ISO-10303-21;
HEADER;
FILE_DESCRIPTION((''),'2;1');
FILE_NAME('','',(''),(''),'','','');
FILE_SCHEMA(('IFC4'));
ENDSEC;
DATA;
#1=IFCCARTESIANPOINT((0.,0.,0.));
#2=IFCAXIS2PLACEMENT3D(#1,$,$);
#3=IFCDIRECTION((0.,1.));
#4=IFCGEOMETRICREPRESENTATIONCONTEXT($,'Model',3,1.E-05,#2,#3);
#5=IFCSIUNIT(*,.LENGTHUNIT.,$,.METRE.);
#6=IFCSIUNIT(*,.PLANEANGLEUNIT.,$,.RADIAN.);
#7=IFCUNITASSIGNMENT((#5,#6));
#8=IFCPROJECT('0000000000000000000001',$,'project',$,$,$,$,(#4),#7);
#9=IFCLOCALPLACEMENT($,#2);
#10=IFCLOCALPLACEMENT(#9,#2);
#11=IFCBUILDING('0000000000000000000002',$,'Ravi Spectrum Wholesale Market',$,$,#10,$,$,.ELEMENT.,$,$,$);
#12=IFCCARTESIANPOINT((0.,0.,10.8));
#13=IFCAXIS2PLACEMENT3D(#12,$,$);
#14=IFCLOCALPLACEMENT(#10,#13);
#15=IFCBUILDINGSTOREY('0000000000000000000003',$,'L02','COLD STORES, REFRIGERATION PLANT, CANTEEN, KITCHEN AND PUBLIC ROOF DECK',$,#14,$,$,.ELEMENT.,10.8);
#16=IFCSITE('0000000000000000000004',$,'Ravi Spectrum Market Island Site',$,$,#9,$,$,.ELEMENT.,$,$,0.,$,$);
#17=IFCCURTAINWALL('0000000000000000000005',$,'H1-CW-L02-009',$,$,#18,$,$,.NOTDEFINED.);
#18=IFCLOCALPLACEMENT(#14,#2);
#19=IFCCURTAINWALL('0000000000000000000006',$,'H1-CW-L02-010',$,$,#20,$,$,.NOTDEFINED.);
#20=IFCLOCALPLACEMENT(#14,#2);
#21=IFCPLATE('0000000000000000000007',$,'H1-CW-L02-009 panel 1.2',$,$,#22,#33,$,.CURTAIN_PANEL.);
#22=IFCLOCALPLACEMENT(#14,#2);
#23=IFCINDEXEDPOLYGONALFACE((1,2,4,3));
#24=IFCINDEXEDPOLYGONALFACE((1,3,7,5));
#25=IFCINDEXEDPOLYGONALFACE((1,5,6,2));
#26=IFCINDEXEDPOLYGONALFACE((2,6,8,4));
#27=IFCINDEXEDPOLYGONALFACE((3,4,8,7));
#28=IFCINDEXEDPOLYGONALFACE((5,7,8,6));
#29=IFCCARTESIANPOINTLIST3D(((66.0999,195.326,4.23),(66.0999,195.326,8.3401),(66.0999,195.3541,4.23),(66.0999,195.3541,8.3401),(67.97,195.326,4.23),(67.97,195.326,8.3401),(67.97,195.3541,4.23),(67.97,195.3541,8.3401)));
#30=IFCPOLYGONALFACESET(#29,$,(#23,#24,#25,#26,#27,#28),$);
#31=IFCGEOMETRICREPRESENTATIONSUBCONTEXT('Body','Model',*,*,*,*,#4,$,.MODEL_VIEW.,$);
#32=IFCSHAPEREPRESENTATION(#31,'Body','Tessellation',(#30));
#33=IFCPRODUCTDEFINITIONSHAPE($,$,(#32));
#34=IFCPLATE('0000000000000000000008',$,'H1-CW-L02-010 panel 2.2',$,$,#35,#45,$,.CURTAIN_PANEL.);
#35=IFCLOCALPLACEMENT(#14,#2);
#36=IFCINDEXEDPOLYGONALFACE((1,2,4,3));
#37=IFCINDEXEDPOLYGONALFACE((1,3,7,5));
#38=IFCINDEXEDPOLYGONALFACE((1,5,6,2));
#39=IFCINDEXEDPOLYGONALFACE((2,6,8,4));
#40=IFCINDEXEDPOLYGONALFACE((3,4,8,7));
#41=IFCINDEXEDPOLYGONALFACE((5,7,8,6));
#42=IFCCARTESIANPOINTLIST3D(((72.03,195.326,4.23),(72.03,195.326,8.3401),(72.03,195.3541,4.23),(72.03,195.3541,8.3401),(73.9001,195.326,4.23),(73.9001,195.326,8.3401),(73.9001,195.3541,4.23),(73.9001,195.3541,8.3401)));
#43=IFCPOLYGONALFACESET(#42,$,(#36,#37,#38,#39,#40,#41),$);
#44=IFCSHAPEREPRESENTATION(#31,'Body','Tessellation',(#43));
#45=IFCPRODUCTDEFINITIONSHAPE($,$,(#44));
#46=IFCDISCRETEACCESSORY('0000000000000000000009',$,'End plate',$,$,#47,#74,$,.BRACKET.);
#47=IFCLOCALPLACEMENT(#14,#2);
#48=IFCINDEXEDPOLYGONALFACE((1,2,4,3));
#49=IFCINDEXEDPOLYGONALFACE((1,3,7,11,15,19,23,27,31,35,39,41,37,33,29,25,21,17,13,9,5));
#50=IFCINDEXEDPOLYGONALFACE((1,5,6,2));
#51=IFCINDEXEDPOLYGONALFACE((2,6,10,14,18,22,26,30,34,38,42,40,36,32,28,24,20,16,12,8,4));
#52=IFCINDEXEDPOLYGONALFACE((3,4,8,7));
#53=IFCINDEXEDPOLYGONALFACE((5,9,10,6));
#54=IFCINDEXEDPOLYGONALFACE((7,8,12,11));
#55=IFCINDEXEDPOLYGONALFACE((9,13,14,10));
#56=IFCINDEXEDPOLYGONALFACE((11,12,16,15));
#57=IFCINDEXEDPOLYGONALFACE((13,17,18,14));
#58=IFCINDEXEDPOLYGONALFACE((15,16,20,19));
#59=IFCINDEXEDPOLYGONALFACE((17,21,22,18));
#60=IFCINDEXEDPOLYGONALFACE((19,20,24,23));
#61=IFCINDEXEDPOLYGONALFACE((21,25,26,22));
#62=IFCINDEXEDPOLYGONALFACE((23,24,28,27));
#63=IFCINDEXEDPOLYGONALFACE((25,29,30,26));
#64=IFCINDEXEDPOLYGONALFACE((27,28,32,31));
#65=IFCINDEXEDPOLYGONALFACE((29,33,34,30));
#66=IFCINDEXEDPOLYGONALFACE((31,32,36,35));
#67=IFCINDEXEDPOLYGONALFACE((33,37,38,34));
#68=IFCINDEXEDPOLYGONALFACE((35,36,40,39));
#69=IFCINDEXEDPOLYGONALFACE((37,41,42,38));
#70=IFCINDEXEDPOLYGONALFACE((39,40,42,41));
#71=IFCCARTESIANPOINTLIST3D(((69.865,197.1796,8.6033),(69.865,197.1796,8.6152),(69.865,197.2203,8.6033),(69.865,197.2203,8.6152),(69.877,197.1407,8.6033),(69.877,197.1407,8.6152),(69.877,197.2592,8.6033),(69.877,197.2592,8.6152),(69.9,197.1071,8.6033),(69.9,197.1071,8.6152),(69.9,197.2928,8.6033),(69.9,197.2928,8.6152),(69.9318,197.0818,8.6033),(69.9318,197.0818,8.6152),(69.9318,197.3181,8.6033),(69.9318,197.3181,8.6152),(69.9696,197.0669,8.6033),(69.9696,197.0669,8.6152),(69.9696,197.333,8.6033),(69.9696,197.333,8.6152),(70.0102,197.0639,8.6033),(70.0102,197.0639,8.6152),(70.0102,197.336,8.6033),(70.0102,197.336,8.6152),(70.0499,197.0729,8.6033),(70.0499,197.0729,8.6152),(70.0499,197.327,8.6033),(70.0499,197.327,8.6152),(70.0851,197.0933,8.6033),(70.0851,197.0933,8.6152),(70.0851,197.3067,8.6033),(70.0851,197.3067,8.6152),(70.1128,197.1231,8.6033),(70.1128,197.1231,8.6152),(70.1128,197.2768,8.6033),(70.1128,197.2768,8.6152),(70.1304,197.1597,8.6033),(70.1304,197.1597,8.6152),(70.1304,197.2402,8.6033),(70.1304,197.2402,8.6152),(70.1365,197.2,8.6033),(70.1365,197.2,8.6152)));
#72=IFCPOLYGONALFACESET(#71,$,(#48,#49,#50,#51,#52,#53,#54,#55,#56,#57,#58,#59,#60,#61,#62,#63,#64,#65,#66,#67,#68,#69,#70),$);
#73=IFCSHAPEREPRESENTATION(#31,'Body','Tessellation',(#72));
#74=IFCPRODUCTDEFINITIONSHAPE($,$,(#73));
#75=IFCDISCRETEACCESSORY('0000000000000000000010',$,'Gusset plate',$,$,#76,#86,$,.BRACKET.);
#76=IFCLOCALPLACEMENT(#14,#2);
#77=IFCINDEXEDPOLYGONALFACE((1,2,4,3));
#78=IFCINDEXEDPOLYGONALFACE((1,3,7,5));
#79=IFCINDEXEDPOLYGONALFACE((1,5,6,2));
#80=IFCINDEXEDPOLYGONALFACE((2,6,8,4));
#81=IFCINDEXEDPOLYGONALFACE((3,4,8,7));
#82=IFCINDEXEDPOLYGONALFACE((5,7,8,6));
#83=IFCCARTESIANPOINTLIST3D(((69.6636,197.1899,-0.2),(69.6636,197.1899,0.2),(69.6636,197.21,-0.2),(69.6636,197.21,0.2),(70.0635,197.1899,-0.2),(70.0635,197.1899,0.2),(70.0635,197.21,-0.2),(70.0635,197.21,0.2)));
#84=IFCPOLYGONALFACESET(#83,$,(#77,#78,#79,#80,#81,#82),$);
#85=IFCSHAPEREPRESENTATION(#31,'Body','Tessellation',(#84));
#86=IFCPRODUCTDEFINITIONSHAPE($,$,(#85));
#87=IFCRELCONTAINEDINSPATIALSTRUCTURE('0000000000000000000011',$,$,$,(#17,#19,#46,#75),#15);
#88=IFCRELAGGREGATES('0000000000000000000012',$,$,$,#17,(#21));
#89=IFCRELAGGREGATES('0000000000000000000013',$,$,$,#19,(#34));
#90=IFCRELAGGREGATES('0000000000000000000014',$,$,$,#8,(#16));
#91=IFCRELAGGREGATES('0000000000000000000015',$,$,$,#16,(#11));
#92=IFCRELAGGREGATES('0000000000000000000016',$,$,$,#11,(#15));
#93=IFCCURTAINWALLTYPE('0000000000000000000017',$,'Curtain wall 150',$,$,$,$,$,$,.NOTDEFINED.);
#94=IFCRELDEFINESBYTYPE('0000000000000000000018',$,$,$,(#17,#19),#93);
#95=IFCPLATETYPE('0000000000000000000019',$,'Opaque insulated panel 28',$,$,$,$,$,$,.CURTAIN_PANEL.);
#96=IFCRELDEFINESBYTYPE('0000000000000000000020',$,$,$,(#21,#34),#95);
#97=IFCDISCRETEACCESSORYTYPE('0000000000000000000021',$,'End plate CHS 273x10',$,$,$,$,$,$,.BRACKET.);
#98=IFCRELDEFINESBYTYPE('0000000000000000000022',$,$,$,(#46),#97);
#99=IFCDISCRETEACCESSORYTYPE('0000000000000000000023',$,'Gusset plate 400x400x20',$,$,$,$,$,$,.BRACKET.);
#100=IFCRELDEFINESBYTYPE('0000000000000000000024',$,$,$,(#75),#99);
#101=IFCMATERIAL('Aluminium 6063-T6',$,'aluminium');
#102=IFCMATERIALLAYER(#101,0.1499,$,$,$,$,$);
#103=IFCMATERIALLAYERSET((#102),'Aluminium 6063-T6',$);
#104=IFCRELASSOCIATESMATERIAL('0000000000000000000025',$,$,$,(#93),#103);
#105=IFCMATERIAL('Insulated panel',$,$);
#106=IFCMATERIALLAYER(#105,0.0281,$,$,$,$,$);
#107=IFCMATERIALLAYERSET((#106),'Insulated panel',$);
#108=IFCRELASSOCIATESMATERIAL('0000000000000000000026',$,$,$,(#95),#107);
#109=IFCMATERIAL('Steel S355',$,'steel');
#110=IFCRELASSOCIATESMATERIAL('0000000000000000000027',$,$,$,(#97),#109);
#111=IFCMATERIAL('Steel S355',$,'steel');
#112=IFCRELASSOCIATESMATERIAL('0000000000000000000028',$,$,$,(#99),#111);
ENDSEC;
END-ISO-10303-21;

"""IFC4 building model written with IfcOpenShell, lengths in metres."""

from ifc_helpers import new_model, si_unit, direction, frame, origin, origin_2d, place, context, subcontext, project, spatial, rectangle, circle, extrude, material, layer, layer_set, material_profile, profile_set, type_object, element, aggregate, save


model = new_model("IFC4")

# Units and contexts
model_context = context("Model", 3, precision=1e-05, world=origin(), true_north=direction((0.0, 1.0)))
body_context = subcontext(model_context, "Body", "Model", "MODEL_VIEW")
ifc_project = project(units=[si_unit("LENGTHUNIT", "METRE"), si_unit("PLANEANGLEUNIT", "RADIAN")], contexts=[model_context])

# Site, building, storey
site_placement = place(None, origin())
site = spatial("IfcSite", under=ifc_project, at=site_placement, Name="Ravi Spectrum Market Island Site", CompositionType="ELEMENT", RefElevation=0.0)
building_placement = place(site_placement, origin())
building = spatial("IfcBuilding", under=site, at=building_placement, Name="Ravi Spectrum Wholesale Market", CompositionType="ELEMENT")
storey_placement = place(building_placement, frame((0.0, 0.0, 10.8)))
storey = spatial("IfcBuildingStorey", under=building, at=storey_placement, Name="L02", Description="COLD STORES, REFRIGERATION PLANT, CANTEEN, KITCHEN AND PUBLIC ROOF DECK", CompositionType="ELEMENT", Elevation=10.8)

# Curtain walls
ifc_material_1 = material(Name="Aluminium 6063-T6", Category="aluminium")
ifc_layer_1 = layer(ifc_material_1, 0.1499)
ifc_layer_set_1 = layer_set([ifc_layer_1], Name="Aluminium 6063-T6")
curtain_wall_type = type_object("IfcCurtainWallType", Name="Curtain wall 150", PredefinedType="NOTDEFINED", material=ifc_layer_set_1)
curtain_wall_1_placement = place(storey_placement, origin())
curtain_wall_1 = element("IfcCurtainWall", 1, at=curtain_wall_1_placement, inside=storey, type_object=curtain_wall_type, Name="H1-CW-L02-009", PredefinedType="NOTDEFINED")
curtain_wall_2_placement = place(storey_placement, origin())
curtain_wall_2 = element("IfcCurtainWall", 2, at=curtain_wall_2_placement, inside=storey, type_object=curtain_wall_type, Name="H1-CW-L02-010", PredefinedType="NOTDEFINED")

# Plates
ifc_material_2 = material(Name="Insulated panel")
ifc_layer_2 = layer(ifc_material_2, 0.0281)
ifc_layer_set_2 = layer_set([ifc_layer_2], Name="Insulated panel")
plate_type_1 = type_object("IfcPlateType", Name="Opaque insulated panel 28", PredefinedType="CURTAIN_PANEL", material=ifc_layer_set_2)
plate_1_placement = place(storey_placement, frame((67.0349, 195.3401, 4.23), z_axis=(0.0, 0.0, 1.0), x_axis=(1.0, 0.0, 0.0)))
plate_1 = element("IfcPlate", 3, at=plate_1_placement, type_object=plate_type_1, Name="H1-CW-L02-009 panel 1.2", PredefinedType="CURTAIN_PANEL", context=body_context, shape_type="SweptSolid", body=[
    extrude(rectangle(XDim=1.8701, YDim=0.0281, at=origin_2d()), origin(), (0.0, 0.0, 1.0), 4.1101),
])
aggregate(curtain_wall_1, [plate_1])
plate_2_placement = place(storey_placement, frame((72.9651, 195.3401, 4.23), z_axis=(0.0, 0.0, 1.0), x_axis=(1.0, 0.0, 0.0)))
plate_2 = element("IfcPlate", 4, at=plate_2_placement, type_object=plate_type_1, Name="H1-CW-L02-010 panel 2.2", PredefinedType="CURTAIN_PANEL", context=body_context, shape_type="SweptSolid", body=[
    extrude(rectangle(XDim=1.8701, YDim=0.0281, at=origin_2d()), origin(), (0.0, 0.0, 1.0), 4.1101),
])
aggregate(curtain_wall_2, [plate_2])

# Discrete accessories
ifc_material_3 = material(Name="Steel S355", Category="steel")
ifc_material_profile_1 = material_profile(ifc_material_3, circle(Radius=0.1365, at=origin_2d()))
ifc_profile_set_1 = profile_set([ifc_material_profile_1], Name="Steel S355")
discrete_accessory_type_1 = type_object("IfcDiscreteAccessoryType", Name="End plate CHS 273x10", PredefinedType="BRACKET", material=ifc_profile_set_1)
discrete_accessory_1_placement = place(storey_placement, frame((70.0, 197.2, 8.6033), z_axis=(0.0, 0.0, 1.0), x_axis=(1.0, 0.0, 0.0)))
element("IfcDiscreteAccessory", 5, at=discrete_accessory_1_placement, inside=storey, type_object=discrete_accessory_type_1, Name="End plate", PredefinedType="BRACKET", context=body_context, shape_type="SweptSolid", body=[
    extrude(circle(Radius=0.1365, at=origin_2d()), origin(), (0.0, 0.0, 1.0), 0.012),
])
ifc_material_4 = material(Name="Steel S355", Category="steel")
ifc_material_profile_2 = material_profile(ifc_material_4, rectangle(XDim=0.3999, YDim=0.02, at=origin_2d()))
ifc_profile_set_2 = profile_set([ifc_material_profile_2], Name="Steel S355")
discrete_accessory_type_2 = type_object("IfcDiscreteAccessoryType", Name="Gusset plate 400x400x20", PredefinedType="BRACKET", material=ifc_profile_set_2)
discrete_accessory_2_placement = place(storey_placement, frame((69.8635, 197.2, -0.2), z_axis=(0.0, 0.0, 1.0), x_axis=(1.0, 0.0, 0.0)))
element("IfcDiscreteAccessory", 6, at=discrete_accessory_2_placement, inside=storey, type_object=discrete_accessory_type_2, Name="Gusset plate", PredefinedType="BRACKET", context=body_context, shape_type="SweptSolid", body=[
    extrude(rectangle(XDim=0.3999, YDim=0.02, at=origin_2d()), origin(), (0.0, 0.0, 1.0), 0.3999),
])

save(model, "model.ifc")
